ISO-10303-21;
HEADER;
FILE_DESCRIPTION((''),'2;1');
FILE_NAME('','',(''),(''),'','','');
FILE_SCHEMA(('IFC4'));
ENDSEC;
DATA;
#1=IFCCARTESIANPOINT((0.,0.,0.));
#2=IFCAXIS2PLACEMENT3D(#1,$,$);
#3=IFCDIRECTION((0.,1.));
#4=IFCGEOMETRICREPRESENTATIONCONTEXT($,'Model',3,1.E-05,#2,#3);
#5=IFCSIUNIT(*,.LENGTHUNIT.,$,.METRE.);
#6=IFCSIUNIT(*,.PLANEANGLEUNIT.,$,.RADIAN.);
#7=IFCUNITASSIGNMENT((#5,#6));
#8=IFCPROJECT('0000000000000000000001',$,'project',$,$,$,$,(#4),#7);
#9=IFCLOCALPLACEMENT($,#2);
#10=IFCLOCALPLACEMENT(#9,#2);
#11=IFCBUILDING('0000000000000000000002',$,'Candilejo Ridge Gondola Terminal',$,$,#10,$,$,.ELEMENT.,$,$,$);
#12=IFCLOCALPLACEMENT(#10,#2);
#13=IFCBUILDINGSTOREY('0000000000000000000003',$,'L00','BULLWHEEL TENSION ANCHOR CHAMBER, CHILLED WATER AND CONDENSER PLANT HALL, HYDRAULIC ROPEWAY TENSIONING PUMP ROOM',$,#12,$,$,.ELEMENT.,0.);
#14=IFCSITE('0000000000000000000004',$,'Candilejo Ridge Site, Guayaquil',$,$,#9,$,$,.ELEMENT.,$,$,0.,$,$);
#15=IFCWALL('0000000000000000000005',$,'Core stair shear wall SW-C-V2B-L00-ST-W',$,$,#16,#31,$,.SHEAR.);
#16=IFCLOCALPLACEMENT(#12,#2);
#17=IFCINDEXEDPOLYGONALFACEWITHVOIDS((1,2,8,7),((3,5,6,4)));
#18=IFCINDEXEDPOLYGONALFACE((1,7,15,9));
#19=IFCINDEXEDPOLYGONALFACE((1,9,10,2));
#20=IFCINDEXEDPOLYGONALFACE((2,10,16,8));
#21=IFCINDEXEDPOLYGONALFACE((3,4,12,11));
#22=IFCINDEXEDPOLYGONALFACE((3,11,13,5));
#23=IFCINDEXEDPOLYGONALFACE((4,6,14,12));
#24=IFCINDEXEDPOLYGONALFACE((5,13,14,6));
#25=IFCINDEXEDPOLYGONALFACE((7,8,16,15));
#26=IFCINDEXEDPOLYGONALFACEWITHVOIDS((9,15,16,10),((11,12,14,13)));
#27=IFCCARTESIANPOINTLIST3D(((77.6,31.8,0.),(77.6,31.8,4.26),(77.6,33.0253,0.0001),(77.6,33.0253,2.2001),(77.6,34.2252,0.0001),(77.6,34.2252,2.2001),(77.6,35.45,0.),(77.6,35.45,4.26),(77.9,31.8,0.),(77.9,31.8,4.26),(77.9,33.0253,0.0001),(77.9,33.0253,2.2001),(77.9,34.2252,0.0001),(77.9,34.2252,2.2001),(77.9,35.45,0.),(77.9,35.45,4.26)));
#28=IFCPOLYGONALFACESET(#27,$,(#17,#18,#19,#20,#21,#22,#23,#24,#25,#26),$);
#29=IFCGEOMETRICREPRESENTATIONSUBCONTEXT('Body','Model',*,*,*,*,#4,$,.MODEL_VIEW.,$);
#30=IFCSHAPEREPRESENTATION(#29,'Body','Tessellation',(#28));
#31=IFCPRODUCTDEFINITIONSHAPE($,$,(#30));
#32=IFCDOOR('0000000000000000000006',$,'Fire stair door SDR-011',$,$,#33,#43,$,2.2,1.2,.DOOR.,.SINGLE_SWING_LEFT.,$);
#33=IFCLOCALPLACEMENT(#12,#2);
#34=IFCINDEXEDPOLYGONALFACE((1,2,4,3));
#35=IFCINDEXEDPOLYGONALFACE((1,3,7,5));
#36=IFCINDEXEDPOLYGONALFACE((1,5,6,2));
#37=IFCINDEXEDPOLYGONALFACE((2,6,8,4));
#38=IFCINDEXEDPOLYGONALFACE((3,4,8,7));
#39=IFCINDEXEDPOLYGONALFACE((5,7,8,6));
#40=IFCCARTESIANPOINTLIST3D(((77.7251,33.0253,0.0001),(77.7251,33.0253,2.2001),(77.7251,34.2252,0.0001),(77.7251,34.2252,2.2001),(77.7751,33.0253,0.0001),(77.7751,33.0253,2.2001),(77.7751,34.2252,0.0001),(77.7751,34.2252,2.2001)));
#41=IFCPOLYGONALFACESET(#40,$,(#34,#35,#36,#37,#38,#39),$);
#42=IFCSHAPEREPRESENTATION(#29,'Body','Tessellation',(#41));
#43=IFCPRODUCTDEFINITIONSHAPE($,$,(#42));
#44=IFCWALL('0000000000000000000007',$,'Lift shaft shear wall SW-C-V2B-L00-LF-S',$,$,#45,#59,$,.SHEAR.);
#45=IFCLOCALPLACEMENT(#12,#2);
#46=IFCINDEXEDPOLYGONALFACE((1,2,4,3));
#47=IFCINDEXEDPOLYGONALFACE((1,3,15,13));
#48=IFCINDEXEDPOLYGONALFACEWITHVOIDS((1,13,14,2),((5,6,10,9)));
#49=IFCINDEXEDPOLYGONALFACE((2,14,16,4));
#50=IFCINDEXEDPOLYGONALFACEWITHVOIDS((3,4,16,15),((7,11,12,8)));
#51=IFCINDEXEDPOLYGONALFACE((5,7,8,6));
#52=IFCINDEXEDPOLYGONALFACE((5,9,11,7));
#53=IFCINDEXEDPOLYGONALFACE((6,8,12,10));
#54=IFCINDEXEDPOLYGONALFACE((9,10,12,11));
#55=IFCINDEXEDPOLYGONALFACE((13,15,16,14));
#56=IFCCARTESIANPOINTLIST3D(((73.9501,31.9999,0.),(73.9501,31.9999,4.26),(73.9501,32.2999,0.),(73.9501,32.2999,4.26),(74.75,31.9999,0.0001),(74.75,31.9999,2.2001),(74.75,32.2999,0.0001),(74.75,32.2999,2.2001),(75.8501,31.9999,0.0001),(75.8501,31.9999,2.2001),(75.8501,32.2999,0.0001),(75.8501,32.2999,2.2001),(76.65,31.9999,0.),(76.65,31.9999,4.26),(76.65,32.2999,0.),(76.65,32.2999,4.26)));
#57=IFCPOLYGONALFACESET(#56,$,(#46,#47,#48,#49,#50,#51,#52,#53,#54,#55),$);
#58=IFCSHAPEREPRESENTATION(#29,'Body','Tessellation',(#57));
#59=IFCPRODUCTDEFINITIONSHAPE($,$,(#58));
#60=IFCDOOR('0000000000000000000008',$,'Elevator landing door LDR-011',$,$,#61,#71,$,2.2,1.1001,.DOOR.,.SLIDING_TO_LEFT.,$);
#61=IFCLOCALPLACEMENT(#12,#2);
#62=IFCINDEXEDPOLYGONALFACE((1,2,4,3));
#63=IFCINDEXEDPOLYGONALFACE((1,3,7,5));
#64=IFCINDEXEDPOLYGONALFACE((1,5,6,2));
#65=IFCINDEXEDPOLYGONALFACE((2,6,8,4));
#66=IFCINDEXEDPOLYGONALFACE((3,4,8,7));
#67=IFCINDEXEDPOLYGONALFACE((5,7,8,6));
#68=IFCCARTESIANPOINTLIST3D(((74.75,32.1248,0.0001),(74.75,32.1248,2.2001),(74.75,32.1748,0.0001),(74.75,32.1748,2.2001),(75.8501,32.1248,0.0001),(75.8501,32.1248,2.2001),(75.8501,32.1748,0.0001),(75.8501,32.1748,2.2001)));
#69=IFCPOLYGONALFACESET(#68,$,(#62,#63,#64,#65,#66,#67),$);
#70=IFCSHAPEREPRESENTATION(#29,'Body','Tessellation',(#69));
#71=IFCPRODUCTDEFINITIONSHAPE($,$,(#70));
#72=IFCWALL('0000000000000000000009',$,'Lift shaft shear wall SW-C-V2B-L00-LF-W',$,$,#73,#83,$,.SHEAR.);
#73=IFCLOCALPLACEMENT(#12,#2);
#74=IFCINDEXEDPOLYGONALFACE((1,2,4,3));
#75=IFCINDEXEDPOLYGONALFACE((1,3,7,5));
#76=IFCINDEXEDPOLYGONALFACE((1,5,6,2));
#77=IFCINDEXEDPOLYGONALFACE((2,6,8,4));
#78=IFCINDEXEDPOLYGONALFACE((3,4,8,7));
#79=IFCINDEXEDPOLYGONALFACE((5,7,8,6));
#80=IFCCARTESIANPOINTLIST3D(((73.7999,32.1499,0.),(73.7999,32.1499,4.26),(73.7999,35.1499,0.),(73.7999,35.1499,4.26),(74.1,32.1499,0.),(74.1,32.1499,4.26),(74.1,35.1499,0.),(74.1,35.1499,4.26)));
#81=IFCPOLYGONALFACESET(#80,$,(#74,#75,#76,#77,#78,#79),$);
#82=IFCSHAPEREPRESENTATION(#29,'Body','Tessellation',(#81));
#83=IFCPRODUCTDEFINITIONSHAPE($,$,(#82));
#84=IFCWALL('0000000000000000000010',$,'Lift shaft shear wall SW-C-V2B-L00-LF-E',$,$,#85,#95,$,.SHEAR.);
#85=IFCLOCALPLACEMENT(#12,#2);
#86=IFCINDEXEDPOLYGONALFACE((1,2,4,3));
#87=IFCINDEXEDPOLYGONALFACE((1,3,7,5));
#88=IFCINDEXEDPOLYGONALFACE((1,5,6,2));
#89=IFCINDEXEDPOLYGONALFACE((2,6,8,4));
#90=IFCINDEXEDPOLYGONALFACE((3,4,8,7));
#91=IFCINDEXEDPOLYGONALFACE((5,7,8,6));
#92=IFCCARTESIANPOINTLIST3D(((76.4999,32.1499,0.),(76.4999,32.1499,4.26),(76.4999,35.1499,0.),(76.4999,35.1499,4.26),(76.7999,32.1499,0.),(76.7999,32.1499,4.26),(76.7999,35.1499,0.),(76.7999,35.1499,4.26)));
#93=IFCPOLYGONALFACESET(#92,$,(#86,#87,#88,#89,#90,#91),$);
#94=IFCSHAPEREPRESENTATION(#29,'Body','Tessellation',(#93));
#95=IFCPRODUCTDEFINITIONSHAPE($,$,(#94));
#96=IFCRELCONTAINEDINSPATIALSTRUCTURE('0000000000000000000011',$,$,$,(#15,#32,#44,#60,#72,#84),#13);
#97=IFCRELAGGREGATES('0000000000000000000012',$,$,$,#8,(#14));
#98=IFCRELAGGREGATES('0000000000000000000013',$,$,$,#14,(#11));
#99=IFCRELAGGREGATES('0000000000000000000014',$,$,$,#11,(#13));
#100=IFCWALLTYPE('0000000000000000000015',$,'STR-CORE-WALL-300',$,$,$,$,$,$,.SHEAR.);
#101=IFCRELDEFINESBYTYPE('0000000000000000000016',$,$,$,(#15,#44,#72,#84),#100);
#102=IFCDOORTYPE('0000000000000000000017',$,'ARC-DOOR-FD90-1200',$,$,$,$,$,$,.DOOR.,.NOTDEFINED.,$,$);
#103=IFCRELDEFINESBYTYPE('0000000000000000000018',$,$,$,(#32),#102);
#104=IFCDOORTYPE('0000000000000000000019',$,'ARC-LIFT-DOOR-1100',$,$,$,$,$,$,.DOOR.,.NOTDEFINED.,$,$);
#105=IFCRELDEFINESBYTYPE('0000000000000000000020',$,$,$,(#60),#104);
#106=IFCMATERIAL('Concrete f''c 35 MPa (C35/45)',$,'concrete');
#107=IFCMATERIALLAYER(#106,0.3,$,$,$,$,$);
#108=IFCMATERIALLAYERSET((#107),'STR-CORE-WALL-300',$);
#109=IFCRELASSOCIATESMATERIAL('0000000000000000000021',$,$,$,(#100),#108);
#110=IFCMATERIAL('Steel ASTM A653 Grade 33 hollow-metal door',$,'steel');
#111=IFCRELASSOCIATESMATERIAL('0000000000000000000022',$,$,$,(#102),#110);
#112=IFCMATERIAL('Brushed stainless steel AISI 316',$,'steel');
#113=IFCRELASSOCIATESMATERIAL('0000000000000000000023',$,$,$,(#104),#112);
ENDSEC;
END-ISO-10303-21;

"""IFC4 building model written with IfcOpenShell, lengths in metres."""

from ifc_helpers import new_model, si_unit, direction, frame, frame_2d, origin, place, context, subcontext, project, spatial, rectangle, extrude, material, layer, layer_set, type_object, element, fill, save


model = new_model("IFC4")

# Units and contexts
model_context = context("Model", 3, precision=1e-05, world=origin(), true_north=direction((0.0, 1.0)))
body_context = subcontext(model_context, "Body", "Model", "MODEL_VIEW")
ifc_project = project(units=[si_unit("LENGTHUNIT", "METRE"), si_unit("PLANEANGLEUNIT", "RADIAN")], contexts=[model_context])

# Site, building, storey
site_placement = place(None, origin())
site = spatial("IfcSite", under=ifc_project, at=site_placement, Name="Candilejo Ridge Site, Guayaquil", CompositionType="ELEMENT", RefElevation=0.0)
building_placement = place(site_placement, origin())
building = spatial("IfcBuilding", under=site, at=building_placement, Name="Candilejo Ridge Gondola Terminal", CompositionType="ELEMENT")
storey_placement = place(building_placement, origin())
storey = spatial("IfcBuildingStorey", under=building, at=storey_placement, Name="L00", Description="BULLWHEEL TENSION ANCHOR CHAMBER, CHILLED WATER AND CONDENSER PLANT HALL, HYDRAULIC ROPEWAY TENSIONING PUMP ROOM", CompositionType="ELEMENT", Elevation=0.0)

# Walls, openings, doors
ifc_material_1 = material(Name="Concrete f'c 35 MPa (C35/45)", Category="concrete")
ifc_layer_1 = layer(ifc_material_1, 0.3)
ifc_layer_set_1 = layer_set([ifc_layer_1], Name="STR-CORE-WALL-300")
wall_type_1 = type_object("IfcWallType", Name="STR-CORE-WALL-300", PredefinedType="SHEAR", material=ifc_layer_set_1)
wall_1_placement = place(storey_placement, frame((77.75, 31.8, 0.0), z_axis=(0.0, 0.0, 1.0), x_axis=(0.0, 1.0, 0.0)))
wall_1 = element("IfcWall", 1, at=wall_1_placement, inside=storey, type_object=wall_type_1, Name="Core stair shear wall SW-C-V2B-L00-ST-W", PredefinedType="SHEAR", context=body_context, shape_type="SweptSolid", body=[
    extrude(rectangle(XDim=3.6499, YDim=0.3, at=frame_2d((1.825, 0.0))), origin(), (0.0, 0.0, 1.0), 4.26),
])
opening_1_placement = place(wall_1_placement, frame((1.2251, 0.0, 0.0)))
opening_1 = element("IfcOpeningElement", 2, at=opening_1_placement, cuts=wall_1, PredefinedType="OPENING", context=body_context, shape_type="SweptSolid", body=[
    extrude(rectangle(XDim=1.2, YDim=2.2, at=frame_2d((0.6001, 1.1001))), frame((0.0, 0.1599, 0.0), z_axis=(0.0, -1.0, 0.0), x_axis=(1.0, 0.0, 0.0)), (0.0, 0.0, 1.0), 0.3201),
])
ifc_material_2 = material(Name="Steel ASTM A653 Grade 33 hollow-metal door", Category="steel")
door_type_1 = type_object("IfcDoorType", Name="ARC-DOOR-FD90-1200", OperationType="NOTDEFINED", PredefinedType="DOOR", material=ifc_material_2)
door_1_placement = place(opening_1_placement, origin())
door_1 = element("IfcDoor", 3, at=door_1_placement, inside=storey, type_object=door_type_1, Name="Fire stair door SDR-011", OperationType="SINGLE_SWING_LEFT", OverallHeight=2.2, OverallWidth=1.2, PredefinedType="DOOR", context=body_context, shape_type="SweptSolid", body=[
    extrude(rectangle(XDim=1.2, YDim=2.2, at=frame_2d((0.6001, 1.1001))), frame((0.0, 0.0249, 0.0), z_axis=(0.0, -1.0, 0.0), x_axis=(1.0, 0.0, 0.0)), (0.0, 0.0, 1.0), 0.05),
])
fill(opening_1, door_1)
wall_2_placement = place(storey_placement, frame((73.95, 32.1499, 0.0), z_axis=(0.0, 0.0, 1.0), x_axis=(1.0, 0.0, 0.0)))
wall_2 = element("IfcWall", 4, at=wall_2_placement, inside=storey, type_object=wall_type_1, Name="Lift shaft shear wall SW-C-V2B-L00-LF-S", PredefinedType="SHEAR", context=body_context, shape_type="SweptSolid", body=[
    extrude(rectangle(XDim=2.7, YDim=0.3, at=frame_2d((1.3501, 0.0))), origin(), (0.0, 0.0, 1.0), 4.26),
])
opening_2_placement = place(wall_2_placement, frame((0.8, 0.0, 0.0)))
opening_2 = element("IfcOpeningElement", 5, at=opening_2_placement, cuts=wall_2, PredefinedType="OPENING", context=body_context, shape_type="SweptSolid", body=[
    extrude(rectangle(XDim=1.1001, YDim=2.2, at=frame_2d((0.55, 1.1001))), frame((0.0, 0.1599, 0.0), z_axis=(0.0, -1.0, 0.0), x_axis=(1.0, 0.0, 0.0)), (0.0, 0.0, 1.0), 0.3201),
])
ifc_material_3 = material(Name="Brushed stainless steel AISI 316", Category="steel")
door_type_2 = type_object("IfcDoorType", Name="ARC-LIFT-DOOR-1100", OperationType="NOTDEFINED", PredefinedType="DOOR", material=ifc_material_3)
door_2_placement = place(opening_2_placement, origin())
door_2 = element("IfcDoor", 6, at=door_2_placement, inside=storey, type_object=door_type_2, Name="Elevator landing door LDR-011", OperationType="SLIDING_TO_LEFT", OverallHeight=2.2, OverallWidth=1.1001, PredefinedType="DOOR", context=body_context, shape_type="SweptSolid", body=[
    extrude(rectangle(XDim=1.1001, YDim=2.2, at=frame_2d((0.55, 1.1001))), frame((0.0, 0.0249, 0.0), z_axis=(0.0, -1.0, 0.0), x_axis=(1.0, 0.0, 0.0)), (0.0, 0.0, 1.0), 0.05),
])
fill(opening_2, door_2)

# Walls
for number, where, z_axis, x_axis, name in (
    (7, (73.95, 32.1499, 0.0), (0.0, 0.0, 1.0), (0.0, 1.0, 0.0), "Lift shaft shear wall SW-C-V2B-L00-LF-W"),
    (8, (76.6499, 32.1499, 0.0), (0.0, 0.0, 1.0), (0.0, 1.0, 0.0), "Lift shaft shear wall SW-C-V2B-L00-LF-E"),
):
    element("IfcWall", number, at=place(storey_placement, frame(where, z_axis=z_axis, x_axis=x_axis)), inside=storey, type_object=wall_type_1, Name=name, PredefinedType="SHEAR", context=body_context, shape_type="SweptSolid", body=[
        extrude(rectangle(XDim=3.0, YDim=0.3, at=frame_2d((1.5, 0.0))), origin(), (0.0, 0.0, 1.0), 4.26),
    ])

save(model, "model.ifc")
